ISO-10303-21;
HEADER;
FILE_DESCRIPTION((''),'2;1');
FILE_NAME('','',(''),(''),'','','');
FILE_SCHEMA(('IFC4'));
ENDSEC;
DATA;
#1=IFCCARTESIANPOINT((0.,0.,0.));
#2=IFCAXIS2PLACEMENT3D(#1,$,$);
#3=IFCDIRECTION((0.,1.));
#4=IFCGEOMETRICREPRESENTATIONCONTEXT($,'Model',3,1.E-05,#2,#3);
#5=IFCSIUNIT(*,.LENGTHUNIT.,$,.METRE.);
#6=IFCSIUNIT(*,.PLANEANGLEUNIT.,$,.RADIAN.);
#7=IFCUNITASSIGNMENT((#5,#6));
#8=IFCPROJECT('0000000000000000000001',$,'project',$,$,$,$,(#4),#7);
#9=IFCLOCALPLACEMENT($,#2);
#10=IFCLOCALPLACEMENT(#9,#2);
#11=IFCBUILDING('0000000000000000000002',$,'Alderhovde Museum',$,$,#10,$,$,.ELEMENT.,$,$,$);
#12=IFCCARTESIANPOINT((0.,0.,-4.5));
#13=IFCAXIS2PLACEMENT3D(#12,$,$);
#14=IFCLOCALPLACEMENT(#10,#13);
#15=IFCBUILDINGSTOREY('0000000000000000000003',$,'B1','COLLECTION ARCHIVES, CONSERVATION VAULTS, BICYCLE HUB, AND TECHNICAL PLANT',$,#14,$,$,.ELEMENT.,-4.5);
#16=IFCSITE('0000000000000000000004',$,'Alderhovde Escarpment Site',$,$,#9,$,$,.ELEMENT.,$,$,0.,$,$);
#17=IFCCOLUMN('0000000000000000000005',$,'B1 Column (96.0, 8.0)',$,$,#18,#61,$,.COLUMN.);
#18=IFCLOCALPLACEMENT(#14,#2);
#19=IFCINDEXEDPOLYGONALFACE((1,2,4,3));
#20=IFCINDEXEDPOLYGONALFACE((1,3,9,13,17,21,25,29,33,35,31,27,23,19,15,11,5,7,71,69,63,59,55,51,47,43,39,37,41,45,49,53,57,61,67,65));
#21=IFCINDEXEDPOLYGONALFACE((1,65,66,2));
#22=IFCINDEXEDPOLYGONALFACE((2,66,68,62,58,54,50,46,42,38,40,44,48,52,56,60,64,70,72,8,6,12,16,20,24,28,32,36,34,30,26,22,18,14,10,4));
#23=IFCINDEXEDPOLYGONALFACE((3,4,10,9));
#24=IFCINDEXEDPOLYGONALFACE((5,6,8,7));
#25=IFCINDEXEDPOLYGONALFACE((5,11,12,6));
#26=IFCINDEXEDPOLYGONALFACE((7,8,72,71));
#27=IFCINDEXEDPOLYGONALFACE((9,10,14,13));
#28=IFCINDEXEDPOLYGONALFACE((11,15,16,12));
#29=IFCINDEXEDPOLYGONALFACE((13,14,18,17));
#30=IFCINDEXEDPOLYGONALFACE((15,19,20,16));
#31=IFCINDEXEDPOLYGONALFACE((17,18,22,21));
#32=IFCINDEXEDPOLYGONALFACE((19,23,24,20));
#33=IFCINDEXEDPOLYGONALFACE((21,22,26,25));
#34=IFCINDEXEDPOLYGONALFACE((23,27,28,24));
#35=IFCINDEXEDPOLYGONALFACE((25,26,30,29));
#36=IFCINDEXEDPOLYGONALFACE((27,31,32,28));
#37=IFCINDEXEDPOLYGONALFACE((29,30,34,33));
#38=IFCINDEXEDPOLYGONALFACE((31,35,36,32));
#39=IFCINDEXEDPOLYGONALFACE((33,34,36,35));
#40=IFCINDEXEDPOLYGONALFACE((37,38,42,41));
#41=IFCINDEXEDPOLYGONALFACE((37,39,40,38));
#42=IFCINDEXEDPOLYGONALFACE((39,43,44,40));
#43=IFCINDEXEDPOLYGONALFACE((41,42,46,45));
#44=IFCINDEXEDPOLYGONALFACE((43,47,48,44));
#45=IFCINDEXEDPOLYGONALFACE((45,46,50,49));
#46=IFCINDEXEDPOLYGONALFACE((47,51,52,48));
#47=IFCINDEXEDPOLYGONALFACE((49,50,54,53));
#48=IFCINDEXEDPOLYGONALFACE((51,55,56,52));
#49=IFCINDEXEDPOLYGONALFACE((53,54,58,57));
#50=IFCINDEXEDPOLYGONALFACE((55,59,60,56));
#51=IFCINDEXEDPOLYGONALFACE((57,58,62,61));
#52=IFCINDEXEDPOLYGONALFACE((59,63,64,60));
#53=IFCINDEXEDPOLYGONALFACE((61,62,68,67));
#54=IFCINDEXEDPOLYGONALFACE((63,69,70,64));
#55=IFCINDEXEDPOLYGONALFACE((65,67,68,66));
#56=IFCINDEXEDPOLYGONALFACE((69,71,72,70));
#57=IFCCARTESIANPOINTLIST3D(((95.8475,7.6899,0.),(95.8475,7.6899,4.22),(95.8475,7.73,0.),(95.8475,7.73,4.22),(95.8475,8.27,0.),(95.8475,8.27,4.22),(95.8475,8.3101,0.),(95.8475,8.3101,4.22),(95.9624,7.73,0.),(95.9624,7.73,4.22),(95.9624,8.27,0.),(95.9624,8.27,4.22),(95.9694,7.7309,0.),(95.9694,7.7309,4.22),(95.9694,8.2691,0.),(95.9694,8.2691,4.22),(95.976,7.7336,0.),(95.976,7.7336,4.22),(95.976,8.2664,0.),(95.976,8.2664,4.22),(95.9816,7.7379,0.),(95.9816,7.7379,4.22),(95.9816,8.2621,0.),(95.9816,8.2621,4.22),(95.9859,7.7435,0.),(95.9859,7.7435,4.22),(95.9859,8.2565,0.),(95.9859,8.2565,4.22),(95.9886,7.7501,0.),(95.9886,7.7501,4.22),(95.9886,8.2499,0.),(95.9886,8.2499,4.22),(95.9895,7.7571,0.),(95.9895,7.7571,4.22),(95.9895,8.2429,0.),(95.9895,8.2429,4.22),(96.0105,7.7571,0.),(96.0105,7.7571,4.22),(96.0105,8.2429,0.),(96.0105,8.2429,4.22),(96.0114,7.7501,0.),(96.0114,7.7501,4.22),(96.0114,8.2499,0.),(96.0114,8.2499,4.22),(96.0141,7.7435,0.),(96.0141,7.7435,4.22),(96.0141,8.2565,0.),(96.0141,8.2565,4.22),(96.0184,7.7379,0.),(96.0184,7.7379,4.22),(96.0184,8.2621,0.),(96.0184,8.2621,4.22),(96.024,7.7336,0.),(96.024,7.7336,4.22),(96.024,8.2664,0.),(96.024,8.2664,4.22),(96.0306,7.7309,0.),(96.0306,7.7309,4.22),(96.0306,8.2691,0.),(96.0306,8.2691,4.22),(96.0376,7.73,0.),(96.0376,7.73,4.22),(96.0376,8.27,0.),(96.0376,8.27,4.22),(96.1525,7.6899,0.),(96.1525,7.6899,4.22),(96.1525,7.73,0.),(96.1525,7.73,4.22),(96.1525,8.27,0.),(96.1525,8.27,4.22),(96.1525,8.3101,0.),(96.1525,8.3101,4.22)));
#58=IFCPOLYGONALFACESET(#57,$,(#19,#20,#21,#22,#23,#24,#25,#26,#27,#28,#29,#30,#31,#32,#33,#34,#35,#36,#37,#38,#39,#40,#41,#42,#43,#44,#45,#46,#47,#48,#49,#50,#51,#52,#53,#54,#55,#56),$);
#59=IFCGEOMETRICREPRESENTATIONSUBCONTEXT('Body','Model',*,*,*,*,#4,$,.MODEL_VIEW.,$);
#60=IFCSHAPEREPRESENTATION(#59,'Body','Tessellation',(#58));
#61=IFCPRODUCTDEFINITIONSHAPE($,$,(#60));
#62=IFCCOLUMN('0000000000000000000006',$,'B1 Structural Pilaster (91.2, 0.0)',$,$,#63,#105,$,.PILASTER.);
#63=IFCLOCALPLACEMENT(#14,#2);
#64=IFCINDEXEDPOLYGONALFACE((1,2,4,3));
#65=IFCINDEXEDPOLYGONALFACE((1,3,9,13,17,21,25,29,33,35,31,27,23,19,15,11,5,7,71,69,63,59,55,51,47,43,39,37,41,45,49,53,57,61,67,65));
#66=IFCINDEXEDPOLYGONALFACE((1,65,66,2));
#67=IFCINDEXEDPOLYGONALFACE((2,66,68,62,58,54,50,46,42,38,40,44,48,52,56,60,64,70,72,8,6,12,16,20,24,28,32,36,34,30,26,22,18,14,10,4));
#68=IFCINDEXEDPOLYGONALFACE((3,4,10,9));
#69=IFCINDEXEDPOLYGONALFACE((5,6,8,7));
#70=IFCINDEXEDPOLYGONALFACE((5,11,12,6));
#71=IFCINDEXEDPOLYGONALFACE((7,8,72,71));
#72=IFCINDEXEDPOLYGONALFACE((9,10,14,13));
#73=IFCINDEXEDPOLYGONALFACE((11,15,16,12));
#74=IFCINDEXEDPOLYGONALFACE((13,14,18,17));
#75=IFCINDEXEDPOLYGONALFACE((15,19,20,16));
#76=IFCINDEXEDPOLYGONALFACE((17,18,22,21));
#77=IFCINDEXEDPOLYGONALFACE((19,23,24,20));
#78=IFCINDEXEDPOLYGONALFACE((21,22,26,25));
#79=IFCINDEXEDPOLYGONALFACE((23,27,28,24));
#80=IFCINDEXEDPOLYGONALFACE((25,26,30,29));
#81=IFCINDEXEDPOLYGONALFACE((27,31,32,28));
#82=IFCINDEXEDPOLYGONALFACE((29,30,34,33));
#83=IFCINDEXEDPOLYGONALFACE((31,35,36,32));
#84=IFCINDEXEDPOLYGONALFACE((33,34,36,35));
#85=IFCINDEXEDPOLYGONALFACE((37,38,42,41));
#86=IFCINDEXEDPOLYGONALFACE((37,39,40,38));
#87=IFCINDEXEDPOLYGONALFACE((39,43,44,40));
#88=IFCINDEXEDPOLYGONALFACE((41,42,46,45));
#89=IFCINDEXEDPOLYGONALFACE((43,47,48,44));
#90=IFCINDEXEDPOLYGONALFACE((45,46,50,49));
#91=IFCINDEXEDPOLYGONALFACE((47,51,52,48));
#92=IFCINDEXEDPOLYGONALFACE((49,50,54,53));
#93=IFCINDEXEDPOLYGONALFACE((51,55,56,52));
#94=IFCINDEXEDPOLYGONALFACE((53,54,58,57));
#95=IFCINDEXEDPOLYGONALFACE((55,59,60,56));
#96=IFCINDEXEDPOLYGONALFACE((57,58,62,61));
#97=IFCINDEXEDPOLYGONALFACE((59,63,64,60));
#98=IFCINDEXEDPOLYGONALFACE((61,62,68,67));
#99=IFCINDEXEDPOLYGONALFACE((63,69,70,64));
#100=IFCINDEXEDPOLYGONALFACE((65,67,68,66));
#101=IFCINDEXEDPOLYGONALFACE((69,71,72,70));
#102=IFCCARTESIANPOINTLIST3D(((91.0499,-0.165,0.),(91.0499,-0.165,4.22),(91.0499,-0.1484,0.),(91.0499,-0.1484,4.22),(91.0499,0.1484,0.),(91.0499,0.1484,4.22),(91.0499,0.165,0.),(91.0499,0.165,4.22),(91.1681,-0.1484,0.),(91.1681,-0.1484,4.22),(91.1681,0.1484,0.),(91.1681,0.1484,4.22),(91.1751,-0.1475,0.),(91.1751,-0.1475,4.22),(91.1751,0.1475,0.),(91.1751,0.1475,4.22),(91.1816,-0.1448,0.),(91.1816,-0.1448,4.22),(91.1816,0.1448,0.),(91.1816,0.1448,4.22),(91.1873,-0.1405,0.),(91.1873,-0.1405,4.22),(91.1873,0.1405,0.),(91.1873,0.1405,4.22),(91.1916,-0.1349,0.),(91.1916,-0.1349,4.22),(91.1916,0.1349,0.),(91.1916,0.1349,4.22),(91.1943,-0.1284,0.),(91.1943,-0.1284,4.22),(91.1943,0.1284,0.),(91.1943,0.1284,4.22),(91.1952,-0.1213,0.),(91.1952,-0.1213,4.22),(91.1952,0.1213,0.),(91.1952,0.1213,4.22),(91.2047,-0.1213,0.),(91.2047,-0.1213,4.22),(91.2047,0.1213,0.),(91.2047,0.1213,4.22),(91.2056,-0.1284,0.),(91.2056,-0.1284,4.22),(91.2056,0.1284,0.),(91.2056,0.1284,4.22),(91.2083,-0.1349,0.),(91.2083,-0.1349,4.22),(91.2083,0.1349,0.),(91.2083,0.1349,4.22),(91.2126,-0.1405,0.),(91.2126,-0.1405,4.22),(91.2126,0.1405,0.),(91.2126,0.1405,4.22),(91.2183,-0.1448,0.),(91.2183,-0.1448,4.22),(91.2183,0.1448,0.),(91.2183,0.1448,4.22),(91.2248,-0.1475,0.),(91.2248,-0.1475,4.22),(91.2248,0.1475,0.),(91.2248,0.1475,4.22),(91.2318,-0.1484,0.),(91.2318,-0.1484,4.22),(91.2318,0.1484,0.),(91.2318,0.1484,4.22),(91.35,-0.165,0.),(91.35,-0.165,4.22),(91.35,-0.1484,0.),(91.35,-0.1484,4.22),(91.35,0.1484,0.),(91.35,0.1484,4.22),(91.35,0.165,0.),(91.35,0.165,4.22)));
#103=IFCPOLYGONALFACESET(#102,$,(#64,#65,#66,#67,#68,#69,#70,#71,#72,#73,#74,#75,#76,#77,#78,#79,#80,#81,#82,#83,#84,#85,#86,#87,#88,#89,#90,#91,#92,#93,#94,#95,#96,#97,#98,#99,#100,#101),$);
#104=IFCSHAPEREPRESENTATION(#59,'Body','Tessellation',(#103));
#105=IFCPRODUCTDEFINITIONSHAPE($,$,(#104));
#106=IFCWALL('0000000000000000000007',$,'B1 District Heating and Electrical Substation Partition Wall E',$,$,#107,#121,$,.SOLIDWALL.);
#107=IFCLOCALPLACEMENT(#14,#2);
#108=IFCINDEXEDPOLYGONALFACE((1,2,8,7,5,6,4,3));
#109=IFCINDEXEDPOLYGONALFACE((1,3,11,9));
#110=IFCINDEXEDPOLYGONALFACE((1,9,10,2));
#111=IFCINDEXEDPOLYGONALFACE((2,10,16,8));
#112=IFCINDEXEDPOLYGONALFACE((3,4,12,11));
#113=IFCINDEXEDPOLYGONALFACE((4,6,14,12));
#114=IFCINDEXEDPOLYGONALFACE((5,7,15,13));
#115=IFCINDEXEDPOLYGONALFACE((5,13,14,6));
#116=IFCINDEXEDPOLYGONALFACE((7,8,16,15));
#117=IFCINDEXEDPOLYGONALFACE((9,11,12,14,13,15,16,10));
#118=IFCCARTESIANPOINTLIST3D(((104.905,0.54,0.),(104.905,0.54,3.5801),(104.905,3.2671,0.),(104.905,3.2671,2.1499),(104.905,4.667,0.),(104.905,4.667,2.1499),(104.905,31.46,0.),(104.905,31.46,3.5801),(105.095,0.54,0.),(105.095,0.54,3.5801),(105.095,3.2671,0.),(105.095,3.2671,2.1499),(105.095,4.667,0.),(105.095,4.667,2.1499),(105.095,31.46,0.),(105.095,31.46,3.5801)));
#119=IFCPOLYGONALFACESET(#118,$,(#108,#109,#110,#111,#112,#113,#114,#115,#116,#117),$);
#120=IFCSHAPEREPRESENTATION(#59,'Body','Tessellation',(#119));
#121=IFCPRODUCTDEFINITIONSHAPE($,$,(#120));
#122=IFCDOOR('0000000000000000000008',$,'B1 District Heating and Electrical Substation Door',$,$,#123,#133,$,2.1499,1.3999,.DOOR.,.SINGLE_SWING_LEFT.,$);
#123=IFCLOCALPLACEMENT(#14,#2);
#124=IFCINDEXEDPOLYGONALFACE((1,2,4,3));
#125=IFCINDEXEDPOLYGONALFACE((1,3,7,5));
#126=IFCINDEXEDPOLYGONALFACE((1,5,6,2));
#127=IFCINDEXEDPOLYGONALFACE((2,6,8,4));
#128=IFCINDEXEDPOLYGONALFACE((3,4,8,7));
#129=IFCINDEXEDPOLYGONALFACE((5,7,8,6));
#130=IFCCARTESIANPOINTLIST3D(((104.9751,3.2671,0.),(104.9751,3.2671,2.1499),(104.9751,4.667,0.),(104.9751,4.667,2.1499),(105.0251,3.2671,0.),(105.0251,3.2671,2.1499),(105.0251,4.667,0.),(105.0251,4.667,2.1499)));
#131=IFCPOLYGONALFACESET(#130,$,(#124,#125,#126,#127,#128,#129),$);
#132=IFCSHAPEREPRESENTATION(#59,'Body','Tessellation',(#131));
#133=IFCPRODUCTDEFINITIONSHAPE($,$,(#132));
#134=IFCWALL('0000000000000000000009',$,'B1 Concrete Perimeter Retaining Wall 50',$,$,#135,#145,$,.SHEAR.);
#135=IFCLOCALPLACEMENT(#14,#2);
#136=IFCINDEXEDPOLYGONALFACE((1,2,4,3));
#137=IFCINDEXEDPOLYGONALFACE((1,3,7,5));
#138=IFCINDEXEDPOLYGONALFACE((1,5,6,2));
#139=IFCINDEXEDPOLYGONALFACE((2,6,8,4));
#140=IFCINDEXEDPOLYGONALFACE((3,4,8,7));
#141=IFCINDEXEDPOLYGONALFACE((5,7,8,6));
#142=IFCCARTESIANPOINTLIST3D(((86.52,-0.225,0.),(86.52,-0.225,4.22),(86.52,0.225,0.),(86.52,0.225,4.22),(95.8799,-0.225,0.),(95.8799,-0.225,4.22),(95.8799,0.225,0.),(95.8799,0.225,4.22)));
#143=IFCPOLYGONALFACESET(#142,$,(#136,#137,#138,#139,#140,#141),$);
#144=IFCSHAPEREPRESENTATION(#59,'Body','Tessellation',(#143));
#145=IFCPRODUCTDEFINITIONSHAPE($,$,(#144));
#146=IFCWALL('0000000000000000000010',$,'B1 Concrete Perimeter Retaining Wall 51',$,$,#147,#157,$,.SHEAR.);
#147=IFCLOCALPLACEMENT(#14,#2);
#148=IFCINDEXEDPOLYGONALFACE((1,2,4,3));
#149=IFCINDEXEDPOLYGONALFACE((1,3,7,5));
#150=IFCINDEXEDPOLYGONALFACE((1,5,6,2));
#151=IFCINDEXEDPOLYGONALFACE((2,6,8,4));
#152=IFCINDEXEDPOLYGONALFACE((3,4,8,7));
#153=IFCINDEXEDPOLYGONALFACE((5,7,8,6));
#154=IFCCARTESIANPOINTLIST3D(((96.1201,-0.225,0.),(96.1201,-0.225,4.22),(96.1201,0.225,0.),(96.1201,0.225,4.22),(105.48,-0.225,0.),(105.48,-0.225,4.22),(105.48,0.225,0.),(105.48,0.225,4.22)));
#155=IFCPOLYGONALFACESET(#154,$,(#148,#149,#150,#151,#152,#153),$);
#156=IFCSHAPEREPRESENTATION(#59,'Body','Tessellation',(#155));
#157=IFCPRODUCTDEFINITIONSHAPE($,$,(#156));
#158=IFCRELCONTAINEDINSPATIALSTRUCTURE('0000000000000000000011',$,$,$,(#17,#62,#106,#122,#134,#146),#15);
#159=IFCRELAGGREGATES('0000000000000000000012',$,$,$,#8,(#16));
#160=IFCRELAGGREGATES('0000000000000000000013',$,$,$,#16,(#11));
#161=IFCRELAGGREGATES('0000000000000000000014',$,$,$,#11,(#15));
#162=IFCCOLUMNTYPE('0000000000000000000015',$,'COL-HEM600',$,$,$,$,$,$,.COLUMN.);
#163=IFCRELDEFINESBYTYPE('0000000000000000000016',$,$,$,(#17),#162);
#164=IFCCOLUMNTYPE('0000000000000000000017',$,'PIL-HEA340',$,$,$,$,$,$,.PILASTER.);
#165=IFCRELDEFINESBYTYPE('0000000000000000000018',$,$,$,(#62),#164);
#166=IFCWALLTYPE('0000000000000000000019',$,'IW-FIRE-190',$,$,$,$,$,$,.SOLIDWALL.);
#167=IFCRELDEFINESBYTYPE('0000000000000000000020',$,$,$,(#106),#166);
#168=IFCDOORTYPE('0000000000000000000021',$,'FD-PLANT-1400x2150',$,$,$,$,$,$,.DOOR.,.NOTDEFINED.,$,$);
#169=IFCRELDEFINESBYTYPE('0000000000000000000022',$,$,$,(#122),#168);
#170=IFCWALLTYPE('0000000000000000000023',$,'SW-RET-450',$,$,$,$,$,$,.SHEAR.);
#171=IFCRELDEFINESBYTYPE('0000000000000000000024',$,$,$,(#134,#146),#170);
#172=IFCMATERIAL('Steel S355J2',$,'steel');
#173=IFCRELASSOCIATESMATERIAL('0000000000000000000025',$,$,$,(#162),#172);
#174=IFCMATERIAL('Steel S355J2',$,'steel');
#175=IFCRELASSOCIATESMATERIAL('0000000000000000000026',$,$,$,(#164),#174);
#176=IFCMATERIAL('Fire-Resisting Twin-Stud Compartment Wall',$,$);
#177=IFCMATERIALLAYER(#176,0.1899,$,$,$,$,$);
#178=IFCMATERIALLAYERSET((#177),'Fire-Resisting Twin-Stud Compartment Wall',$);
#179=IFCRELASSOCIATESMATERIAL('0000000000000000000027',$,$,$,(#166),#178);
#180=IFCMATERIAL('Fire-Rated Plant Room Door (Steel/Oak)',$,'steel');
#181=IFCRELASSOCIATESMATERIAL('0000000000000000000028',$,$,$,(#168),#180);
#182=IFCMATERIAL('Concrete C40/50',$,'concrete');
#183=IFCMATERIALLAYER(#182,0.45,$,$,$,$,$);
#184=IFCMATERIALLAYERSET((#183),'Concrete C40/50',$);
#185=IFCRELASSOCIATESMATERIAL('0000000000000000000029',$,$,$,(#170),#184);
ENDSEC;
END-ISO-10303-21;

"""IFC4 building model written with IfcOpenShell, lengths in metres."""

from ifc_helpers import new_model, si_unit, direction, frame, frame_2d, origin, origin_2d, place, context, subcontext, project, spatial, rectangle, i_section, extrude, material, layer, layer_set, material_profile, profile_set, type_object, element, fill, save


model = new_model("IFC4")

# Units and contexts
model_context = context("Model", 3, precision=1e-05, world=origin(), true_north=direction((0.0, 1.0)))
body_context = subcontext(model_context, "Body", "Model", "MODEL_VIEW")
ifc_project = project(units=[si_unit("LENGTHUNIT", "METRE"), si_unit("PLANEANGLEUNIT", "RADIAN")], contexts=[model_context])

# Site, building, storey
site_placement = place(None, origin())
site = spatial("IfcSite", under=ifc_project, at=site_placement, Name="Alderhovde Escarpment Site", CompositionType="ELEMENT", RefElevation=0.0)
building_placement = place(site_placement, origin())
building = spatial("IfcBuilding", under=site, at=building_placement, Name="Alderhovde Museum", CompositionType="ELEMENT")
storey_placement = place(building_placement, frame((0.0, 0.0, -4.5)))
storey = spatial("IfcBuildingStorey", under=building, at=storey_placement, Name="B1", Description="COLLECTION ARCHIVES, CONSERVATION VAULTS, BICYCLE HUB, AND TECHNICAL PLANT", CompositionType="ELEMENT", Elevation=-4.5)

# Columns
ifc_material_1 = material(Name="Steel S355J2", Category="steel")
ifc_material_profile_1 = material_profile(ifc_material_1, i_section(OverallWidth=0.3049, OverallDepth=0.6201, WebThickness=0.021, FlangeThickness=0.04, FilletRadius=0.0271, at=origin_2d()), Name="HEM 600")
ifc_profile_set_1 = profile_set([ifc_material_profile_1], Name="Steel S355J2")
column_type_1 = type_object("IfcColumnType", Name="COL-HEM600", PredefinedType="COLUMN", material=ifc_profile_set_1)
column_1_placement = place(storey_placement, frame((96.0, 8.0, 0.0), z_axis=(0.0, 0.0, 1.0), x_axis=(1.0, 0.0, 0.0)))
element("IfcColumn", 1, at=column_1_placement, inside=storey, type_object=column_type_1, Name="B1 Column (96.0, 8.0)", PredefinedType="COLUMN", context=body_context, shape_type="SweptSolid", body=[
    extrude(i_section(OverallWidth=0.3049, OverallDepth=0.6201, WebThickness=0.021, FlangeThickness=0.04, FilletRadius=0.0271, at=origin_2d()), origin(), (0.0, 0.0, 1.0), 4.22),
])
ifc_material_2 = material(Name="Steel S355J2", Category="steel")
ifc_material_profile_2 = material_profile(ifc_material_2, i_section(OverallWidth=0.3, OverallDepth=0.3301, WebThickness=0.0095, FlangeThickness=0.0166, FilletRadius=0.0271, at=origin_2d()), Name="HEA 340")
ifc_profile_set_2 = profile_set([ifc_material_profile_2], Name="Steel S355J2")
column_type_2 = type_object("IfcColumnType", Name="PIL-HEA340", PredefinedType="PILASTER", material=ifc_profile_set_2)
column_2_placement = place(storey_placement, frame((91.2, 0.0, 0.0), z_axis=(0.0, 0.0, 1.0), x_axis=(1.0, 0.0, 0.0)))
element("IfcColumn", 2, at=column_2_placement, inside=storey, type_object=column_type_2, Name="B1 Structural Pilaster (91.2, 0.0)", PredefinedType="PILASTER", context=body_context, shape_type="SweptSolid", body=[
    extrude(i_section(OverallWidth=0.3, OverallDepth=0.3301, WebThickness=0.0095, FlangeThickness=0.0166, FilletRadius=0.0271, at=origin_2d()), origin(), (0.0, 0.0, 1.0), 4.22),
])

# Wall, opening, door
ifc_material_3 = material(Name="Fire-Resisting Twin-Stud Compartment Wall")
ifc_layer_1 = layer(ifc_material_3, 0.1899)
ifc_layer_set_1 = layer_set([ifc_layer_1], Name="Fire-Resisting Twin-Stud Compartment Wall")
wall_type_1 = type_object("IfcWallType", Name="IW-FIRE-190", PredefinedType="SOLIDWALL", material=ifc_layer_set_1)
wall_placement = place(storey_placement, frame((105.0, 0.54, 0.0), z_axis=(0.0, 0.0, 1.0), x_axis=(0.0, 1.0, 0.0)))
wall = element("IfcWall", 3, at=wall_placement, inside=storey, type_object=wall_type_1, Name="B1 District Heating and Electrical Substation Partition Wall E", PredefinedType="SOLIDWALL", context=body_context, shape_type="SweptSolid", body=[
    extrude(rectangle(XDim=30.9199, YDim=0.1899, at=frame_2d((15.46, 0.0))), origin(), (0.0, 0.0, 1.0), 3.5801),
])
opening_placement = place(wall_placement, frame((2.7271, 0.0, 0.0)))
opening = element("IfcOpeningElement", 4, at=opening_placement, cuts=wall, PredefinedType="OPENING", context=body_context, shape_type="SweptSolid", body=[
    extrude(rectangle(XDim=1.3999, YDim=2.1499, at=frame_2d((0.7, 1.075))), frame((0.0, 0.105, 0.0), z_axis=(0.0, -1.0, 0.0), x_axis=(1.0, 0.0, 0.0)), (0.0, 0.0, 1.0), 0.21),
])
ifc_material_4 = material(Name="Fire-Rated Plant Room Door (Steel/Oak)", Category="steel")
door_type = type_object("IfcDoorType", Name="FD-PLANT-1400x2150", OperationType="NOTDEFINED", PredefinedType="DOOR", material=ifc_material_4)
door_placement = place(opening_placement, origin())
door = element("IfcDoor", 5, at=door_placement, inside=storey, type_object=door_type, Name="B1 District Heating and Electrical Substation Door", OperationType="SINGLE_SWING_LEFT", OverallHeight=2.1499, OverallWidth=1.3999, PredefinedType="DOOR", context=body_context, shape_type="SweptSolid", body=[
    extrude(rectangle(XDim=1.3999, YDim=2.1499, at=frame_2d((0.7, 1.075))), frame((0.0, 0.0249, 0.0), z_axis=(0.0, -1.0, 0.0), x_axis=(1.0, 0.0, 0.0)), (0.0, 0.0, 1.0), 0.05),
])
fill(opening, door)

# Walls
ifc_material_5 = material(Name="Concrete C40/50", Category="concrete")
ifc_layer_2 = layer(ifc_material_5, 0.45)
ifc_layer_set_2 = layer_set([ifc_layer_2], Name="Concrete C40/50")
wall_type_2 = type_object("IfcWallType", Name="SW-RET-450", PredefinedType="SHEAR", material=ifc_layer_set_2)
for number, where, z_axis, x_axis, name in (
    (6, (86.52, 0.0, 0.0), (0.0, 0.0, 1.0), (1.0, 0.0, 0.0), "B1 Concrete Perimeter Retaining Wall 50"),
    (7, (96.1201, 0.0, 0.0), (0.0, 0.0, 1.0), (1.0, 0.0, 0.0), "B1 Concrete Perimeter Retaining Wall 51"),
):
    element("IfcWall", number, at=place(storey_placement, frame(where, z_axis=z_axis, x_axis=x_axis)), inside=storey, type_object=wall_type_2, Name=name, PredefinedType="SHEAR", context=body_context, shape_type="SweptSolid", body=[
        extrude(rectangle(XDim=9.3599, YDim=0.45, at=frame_2d((4.6799, 0.0))), origin(), (0.0, 0.0, 1.0), 4.22),
    ])

save(model, "model.ifc")
